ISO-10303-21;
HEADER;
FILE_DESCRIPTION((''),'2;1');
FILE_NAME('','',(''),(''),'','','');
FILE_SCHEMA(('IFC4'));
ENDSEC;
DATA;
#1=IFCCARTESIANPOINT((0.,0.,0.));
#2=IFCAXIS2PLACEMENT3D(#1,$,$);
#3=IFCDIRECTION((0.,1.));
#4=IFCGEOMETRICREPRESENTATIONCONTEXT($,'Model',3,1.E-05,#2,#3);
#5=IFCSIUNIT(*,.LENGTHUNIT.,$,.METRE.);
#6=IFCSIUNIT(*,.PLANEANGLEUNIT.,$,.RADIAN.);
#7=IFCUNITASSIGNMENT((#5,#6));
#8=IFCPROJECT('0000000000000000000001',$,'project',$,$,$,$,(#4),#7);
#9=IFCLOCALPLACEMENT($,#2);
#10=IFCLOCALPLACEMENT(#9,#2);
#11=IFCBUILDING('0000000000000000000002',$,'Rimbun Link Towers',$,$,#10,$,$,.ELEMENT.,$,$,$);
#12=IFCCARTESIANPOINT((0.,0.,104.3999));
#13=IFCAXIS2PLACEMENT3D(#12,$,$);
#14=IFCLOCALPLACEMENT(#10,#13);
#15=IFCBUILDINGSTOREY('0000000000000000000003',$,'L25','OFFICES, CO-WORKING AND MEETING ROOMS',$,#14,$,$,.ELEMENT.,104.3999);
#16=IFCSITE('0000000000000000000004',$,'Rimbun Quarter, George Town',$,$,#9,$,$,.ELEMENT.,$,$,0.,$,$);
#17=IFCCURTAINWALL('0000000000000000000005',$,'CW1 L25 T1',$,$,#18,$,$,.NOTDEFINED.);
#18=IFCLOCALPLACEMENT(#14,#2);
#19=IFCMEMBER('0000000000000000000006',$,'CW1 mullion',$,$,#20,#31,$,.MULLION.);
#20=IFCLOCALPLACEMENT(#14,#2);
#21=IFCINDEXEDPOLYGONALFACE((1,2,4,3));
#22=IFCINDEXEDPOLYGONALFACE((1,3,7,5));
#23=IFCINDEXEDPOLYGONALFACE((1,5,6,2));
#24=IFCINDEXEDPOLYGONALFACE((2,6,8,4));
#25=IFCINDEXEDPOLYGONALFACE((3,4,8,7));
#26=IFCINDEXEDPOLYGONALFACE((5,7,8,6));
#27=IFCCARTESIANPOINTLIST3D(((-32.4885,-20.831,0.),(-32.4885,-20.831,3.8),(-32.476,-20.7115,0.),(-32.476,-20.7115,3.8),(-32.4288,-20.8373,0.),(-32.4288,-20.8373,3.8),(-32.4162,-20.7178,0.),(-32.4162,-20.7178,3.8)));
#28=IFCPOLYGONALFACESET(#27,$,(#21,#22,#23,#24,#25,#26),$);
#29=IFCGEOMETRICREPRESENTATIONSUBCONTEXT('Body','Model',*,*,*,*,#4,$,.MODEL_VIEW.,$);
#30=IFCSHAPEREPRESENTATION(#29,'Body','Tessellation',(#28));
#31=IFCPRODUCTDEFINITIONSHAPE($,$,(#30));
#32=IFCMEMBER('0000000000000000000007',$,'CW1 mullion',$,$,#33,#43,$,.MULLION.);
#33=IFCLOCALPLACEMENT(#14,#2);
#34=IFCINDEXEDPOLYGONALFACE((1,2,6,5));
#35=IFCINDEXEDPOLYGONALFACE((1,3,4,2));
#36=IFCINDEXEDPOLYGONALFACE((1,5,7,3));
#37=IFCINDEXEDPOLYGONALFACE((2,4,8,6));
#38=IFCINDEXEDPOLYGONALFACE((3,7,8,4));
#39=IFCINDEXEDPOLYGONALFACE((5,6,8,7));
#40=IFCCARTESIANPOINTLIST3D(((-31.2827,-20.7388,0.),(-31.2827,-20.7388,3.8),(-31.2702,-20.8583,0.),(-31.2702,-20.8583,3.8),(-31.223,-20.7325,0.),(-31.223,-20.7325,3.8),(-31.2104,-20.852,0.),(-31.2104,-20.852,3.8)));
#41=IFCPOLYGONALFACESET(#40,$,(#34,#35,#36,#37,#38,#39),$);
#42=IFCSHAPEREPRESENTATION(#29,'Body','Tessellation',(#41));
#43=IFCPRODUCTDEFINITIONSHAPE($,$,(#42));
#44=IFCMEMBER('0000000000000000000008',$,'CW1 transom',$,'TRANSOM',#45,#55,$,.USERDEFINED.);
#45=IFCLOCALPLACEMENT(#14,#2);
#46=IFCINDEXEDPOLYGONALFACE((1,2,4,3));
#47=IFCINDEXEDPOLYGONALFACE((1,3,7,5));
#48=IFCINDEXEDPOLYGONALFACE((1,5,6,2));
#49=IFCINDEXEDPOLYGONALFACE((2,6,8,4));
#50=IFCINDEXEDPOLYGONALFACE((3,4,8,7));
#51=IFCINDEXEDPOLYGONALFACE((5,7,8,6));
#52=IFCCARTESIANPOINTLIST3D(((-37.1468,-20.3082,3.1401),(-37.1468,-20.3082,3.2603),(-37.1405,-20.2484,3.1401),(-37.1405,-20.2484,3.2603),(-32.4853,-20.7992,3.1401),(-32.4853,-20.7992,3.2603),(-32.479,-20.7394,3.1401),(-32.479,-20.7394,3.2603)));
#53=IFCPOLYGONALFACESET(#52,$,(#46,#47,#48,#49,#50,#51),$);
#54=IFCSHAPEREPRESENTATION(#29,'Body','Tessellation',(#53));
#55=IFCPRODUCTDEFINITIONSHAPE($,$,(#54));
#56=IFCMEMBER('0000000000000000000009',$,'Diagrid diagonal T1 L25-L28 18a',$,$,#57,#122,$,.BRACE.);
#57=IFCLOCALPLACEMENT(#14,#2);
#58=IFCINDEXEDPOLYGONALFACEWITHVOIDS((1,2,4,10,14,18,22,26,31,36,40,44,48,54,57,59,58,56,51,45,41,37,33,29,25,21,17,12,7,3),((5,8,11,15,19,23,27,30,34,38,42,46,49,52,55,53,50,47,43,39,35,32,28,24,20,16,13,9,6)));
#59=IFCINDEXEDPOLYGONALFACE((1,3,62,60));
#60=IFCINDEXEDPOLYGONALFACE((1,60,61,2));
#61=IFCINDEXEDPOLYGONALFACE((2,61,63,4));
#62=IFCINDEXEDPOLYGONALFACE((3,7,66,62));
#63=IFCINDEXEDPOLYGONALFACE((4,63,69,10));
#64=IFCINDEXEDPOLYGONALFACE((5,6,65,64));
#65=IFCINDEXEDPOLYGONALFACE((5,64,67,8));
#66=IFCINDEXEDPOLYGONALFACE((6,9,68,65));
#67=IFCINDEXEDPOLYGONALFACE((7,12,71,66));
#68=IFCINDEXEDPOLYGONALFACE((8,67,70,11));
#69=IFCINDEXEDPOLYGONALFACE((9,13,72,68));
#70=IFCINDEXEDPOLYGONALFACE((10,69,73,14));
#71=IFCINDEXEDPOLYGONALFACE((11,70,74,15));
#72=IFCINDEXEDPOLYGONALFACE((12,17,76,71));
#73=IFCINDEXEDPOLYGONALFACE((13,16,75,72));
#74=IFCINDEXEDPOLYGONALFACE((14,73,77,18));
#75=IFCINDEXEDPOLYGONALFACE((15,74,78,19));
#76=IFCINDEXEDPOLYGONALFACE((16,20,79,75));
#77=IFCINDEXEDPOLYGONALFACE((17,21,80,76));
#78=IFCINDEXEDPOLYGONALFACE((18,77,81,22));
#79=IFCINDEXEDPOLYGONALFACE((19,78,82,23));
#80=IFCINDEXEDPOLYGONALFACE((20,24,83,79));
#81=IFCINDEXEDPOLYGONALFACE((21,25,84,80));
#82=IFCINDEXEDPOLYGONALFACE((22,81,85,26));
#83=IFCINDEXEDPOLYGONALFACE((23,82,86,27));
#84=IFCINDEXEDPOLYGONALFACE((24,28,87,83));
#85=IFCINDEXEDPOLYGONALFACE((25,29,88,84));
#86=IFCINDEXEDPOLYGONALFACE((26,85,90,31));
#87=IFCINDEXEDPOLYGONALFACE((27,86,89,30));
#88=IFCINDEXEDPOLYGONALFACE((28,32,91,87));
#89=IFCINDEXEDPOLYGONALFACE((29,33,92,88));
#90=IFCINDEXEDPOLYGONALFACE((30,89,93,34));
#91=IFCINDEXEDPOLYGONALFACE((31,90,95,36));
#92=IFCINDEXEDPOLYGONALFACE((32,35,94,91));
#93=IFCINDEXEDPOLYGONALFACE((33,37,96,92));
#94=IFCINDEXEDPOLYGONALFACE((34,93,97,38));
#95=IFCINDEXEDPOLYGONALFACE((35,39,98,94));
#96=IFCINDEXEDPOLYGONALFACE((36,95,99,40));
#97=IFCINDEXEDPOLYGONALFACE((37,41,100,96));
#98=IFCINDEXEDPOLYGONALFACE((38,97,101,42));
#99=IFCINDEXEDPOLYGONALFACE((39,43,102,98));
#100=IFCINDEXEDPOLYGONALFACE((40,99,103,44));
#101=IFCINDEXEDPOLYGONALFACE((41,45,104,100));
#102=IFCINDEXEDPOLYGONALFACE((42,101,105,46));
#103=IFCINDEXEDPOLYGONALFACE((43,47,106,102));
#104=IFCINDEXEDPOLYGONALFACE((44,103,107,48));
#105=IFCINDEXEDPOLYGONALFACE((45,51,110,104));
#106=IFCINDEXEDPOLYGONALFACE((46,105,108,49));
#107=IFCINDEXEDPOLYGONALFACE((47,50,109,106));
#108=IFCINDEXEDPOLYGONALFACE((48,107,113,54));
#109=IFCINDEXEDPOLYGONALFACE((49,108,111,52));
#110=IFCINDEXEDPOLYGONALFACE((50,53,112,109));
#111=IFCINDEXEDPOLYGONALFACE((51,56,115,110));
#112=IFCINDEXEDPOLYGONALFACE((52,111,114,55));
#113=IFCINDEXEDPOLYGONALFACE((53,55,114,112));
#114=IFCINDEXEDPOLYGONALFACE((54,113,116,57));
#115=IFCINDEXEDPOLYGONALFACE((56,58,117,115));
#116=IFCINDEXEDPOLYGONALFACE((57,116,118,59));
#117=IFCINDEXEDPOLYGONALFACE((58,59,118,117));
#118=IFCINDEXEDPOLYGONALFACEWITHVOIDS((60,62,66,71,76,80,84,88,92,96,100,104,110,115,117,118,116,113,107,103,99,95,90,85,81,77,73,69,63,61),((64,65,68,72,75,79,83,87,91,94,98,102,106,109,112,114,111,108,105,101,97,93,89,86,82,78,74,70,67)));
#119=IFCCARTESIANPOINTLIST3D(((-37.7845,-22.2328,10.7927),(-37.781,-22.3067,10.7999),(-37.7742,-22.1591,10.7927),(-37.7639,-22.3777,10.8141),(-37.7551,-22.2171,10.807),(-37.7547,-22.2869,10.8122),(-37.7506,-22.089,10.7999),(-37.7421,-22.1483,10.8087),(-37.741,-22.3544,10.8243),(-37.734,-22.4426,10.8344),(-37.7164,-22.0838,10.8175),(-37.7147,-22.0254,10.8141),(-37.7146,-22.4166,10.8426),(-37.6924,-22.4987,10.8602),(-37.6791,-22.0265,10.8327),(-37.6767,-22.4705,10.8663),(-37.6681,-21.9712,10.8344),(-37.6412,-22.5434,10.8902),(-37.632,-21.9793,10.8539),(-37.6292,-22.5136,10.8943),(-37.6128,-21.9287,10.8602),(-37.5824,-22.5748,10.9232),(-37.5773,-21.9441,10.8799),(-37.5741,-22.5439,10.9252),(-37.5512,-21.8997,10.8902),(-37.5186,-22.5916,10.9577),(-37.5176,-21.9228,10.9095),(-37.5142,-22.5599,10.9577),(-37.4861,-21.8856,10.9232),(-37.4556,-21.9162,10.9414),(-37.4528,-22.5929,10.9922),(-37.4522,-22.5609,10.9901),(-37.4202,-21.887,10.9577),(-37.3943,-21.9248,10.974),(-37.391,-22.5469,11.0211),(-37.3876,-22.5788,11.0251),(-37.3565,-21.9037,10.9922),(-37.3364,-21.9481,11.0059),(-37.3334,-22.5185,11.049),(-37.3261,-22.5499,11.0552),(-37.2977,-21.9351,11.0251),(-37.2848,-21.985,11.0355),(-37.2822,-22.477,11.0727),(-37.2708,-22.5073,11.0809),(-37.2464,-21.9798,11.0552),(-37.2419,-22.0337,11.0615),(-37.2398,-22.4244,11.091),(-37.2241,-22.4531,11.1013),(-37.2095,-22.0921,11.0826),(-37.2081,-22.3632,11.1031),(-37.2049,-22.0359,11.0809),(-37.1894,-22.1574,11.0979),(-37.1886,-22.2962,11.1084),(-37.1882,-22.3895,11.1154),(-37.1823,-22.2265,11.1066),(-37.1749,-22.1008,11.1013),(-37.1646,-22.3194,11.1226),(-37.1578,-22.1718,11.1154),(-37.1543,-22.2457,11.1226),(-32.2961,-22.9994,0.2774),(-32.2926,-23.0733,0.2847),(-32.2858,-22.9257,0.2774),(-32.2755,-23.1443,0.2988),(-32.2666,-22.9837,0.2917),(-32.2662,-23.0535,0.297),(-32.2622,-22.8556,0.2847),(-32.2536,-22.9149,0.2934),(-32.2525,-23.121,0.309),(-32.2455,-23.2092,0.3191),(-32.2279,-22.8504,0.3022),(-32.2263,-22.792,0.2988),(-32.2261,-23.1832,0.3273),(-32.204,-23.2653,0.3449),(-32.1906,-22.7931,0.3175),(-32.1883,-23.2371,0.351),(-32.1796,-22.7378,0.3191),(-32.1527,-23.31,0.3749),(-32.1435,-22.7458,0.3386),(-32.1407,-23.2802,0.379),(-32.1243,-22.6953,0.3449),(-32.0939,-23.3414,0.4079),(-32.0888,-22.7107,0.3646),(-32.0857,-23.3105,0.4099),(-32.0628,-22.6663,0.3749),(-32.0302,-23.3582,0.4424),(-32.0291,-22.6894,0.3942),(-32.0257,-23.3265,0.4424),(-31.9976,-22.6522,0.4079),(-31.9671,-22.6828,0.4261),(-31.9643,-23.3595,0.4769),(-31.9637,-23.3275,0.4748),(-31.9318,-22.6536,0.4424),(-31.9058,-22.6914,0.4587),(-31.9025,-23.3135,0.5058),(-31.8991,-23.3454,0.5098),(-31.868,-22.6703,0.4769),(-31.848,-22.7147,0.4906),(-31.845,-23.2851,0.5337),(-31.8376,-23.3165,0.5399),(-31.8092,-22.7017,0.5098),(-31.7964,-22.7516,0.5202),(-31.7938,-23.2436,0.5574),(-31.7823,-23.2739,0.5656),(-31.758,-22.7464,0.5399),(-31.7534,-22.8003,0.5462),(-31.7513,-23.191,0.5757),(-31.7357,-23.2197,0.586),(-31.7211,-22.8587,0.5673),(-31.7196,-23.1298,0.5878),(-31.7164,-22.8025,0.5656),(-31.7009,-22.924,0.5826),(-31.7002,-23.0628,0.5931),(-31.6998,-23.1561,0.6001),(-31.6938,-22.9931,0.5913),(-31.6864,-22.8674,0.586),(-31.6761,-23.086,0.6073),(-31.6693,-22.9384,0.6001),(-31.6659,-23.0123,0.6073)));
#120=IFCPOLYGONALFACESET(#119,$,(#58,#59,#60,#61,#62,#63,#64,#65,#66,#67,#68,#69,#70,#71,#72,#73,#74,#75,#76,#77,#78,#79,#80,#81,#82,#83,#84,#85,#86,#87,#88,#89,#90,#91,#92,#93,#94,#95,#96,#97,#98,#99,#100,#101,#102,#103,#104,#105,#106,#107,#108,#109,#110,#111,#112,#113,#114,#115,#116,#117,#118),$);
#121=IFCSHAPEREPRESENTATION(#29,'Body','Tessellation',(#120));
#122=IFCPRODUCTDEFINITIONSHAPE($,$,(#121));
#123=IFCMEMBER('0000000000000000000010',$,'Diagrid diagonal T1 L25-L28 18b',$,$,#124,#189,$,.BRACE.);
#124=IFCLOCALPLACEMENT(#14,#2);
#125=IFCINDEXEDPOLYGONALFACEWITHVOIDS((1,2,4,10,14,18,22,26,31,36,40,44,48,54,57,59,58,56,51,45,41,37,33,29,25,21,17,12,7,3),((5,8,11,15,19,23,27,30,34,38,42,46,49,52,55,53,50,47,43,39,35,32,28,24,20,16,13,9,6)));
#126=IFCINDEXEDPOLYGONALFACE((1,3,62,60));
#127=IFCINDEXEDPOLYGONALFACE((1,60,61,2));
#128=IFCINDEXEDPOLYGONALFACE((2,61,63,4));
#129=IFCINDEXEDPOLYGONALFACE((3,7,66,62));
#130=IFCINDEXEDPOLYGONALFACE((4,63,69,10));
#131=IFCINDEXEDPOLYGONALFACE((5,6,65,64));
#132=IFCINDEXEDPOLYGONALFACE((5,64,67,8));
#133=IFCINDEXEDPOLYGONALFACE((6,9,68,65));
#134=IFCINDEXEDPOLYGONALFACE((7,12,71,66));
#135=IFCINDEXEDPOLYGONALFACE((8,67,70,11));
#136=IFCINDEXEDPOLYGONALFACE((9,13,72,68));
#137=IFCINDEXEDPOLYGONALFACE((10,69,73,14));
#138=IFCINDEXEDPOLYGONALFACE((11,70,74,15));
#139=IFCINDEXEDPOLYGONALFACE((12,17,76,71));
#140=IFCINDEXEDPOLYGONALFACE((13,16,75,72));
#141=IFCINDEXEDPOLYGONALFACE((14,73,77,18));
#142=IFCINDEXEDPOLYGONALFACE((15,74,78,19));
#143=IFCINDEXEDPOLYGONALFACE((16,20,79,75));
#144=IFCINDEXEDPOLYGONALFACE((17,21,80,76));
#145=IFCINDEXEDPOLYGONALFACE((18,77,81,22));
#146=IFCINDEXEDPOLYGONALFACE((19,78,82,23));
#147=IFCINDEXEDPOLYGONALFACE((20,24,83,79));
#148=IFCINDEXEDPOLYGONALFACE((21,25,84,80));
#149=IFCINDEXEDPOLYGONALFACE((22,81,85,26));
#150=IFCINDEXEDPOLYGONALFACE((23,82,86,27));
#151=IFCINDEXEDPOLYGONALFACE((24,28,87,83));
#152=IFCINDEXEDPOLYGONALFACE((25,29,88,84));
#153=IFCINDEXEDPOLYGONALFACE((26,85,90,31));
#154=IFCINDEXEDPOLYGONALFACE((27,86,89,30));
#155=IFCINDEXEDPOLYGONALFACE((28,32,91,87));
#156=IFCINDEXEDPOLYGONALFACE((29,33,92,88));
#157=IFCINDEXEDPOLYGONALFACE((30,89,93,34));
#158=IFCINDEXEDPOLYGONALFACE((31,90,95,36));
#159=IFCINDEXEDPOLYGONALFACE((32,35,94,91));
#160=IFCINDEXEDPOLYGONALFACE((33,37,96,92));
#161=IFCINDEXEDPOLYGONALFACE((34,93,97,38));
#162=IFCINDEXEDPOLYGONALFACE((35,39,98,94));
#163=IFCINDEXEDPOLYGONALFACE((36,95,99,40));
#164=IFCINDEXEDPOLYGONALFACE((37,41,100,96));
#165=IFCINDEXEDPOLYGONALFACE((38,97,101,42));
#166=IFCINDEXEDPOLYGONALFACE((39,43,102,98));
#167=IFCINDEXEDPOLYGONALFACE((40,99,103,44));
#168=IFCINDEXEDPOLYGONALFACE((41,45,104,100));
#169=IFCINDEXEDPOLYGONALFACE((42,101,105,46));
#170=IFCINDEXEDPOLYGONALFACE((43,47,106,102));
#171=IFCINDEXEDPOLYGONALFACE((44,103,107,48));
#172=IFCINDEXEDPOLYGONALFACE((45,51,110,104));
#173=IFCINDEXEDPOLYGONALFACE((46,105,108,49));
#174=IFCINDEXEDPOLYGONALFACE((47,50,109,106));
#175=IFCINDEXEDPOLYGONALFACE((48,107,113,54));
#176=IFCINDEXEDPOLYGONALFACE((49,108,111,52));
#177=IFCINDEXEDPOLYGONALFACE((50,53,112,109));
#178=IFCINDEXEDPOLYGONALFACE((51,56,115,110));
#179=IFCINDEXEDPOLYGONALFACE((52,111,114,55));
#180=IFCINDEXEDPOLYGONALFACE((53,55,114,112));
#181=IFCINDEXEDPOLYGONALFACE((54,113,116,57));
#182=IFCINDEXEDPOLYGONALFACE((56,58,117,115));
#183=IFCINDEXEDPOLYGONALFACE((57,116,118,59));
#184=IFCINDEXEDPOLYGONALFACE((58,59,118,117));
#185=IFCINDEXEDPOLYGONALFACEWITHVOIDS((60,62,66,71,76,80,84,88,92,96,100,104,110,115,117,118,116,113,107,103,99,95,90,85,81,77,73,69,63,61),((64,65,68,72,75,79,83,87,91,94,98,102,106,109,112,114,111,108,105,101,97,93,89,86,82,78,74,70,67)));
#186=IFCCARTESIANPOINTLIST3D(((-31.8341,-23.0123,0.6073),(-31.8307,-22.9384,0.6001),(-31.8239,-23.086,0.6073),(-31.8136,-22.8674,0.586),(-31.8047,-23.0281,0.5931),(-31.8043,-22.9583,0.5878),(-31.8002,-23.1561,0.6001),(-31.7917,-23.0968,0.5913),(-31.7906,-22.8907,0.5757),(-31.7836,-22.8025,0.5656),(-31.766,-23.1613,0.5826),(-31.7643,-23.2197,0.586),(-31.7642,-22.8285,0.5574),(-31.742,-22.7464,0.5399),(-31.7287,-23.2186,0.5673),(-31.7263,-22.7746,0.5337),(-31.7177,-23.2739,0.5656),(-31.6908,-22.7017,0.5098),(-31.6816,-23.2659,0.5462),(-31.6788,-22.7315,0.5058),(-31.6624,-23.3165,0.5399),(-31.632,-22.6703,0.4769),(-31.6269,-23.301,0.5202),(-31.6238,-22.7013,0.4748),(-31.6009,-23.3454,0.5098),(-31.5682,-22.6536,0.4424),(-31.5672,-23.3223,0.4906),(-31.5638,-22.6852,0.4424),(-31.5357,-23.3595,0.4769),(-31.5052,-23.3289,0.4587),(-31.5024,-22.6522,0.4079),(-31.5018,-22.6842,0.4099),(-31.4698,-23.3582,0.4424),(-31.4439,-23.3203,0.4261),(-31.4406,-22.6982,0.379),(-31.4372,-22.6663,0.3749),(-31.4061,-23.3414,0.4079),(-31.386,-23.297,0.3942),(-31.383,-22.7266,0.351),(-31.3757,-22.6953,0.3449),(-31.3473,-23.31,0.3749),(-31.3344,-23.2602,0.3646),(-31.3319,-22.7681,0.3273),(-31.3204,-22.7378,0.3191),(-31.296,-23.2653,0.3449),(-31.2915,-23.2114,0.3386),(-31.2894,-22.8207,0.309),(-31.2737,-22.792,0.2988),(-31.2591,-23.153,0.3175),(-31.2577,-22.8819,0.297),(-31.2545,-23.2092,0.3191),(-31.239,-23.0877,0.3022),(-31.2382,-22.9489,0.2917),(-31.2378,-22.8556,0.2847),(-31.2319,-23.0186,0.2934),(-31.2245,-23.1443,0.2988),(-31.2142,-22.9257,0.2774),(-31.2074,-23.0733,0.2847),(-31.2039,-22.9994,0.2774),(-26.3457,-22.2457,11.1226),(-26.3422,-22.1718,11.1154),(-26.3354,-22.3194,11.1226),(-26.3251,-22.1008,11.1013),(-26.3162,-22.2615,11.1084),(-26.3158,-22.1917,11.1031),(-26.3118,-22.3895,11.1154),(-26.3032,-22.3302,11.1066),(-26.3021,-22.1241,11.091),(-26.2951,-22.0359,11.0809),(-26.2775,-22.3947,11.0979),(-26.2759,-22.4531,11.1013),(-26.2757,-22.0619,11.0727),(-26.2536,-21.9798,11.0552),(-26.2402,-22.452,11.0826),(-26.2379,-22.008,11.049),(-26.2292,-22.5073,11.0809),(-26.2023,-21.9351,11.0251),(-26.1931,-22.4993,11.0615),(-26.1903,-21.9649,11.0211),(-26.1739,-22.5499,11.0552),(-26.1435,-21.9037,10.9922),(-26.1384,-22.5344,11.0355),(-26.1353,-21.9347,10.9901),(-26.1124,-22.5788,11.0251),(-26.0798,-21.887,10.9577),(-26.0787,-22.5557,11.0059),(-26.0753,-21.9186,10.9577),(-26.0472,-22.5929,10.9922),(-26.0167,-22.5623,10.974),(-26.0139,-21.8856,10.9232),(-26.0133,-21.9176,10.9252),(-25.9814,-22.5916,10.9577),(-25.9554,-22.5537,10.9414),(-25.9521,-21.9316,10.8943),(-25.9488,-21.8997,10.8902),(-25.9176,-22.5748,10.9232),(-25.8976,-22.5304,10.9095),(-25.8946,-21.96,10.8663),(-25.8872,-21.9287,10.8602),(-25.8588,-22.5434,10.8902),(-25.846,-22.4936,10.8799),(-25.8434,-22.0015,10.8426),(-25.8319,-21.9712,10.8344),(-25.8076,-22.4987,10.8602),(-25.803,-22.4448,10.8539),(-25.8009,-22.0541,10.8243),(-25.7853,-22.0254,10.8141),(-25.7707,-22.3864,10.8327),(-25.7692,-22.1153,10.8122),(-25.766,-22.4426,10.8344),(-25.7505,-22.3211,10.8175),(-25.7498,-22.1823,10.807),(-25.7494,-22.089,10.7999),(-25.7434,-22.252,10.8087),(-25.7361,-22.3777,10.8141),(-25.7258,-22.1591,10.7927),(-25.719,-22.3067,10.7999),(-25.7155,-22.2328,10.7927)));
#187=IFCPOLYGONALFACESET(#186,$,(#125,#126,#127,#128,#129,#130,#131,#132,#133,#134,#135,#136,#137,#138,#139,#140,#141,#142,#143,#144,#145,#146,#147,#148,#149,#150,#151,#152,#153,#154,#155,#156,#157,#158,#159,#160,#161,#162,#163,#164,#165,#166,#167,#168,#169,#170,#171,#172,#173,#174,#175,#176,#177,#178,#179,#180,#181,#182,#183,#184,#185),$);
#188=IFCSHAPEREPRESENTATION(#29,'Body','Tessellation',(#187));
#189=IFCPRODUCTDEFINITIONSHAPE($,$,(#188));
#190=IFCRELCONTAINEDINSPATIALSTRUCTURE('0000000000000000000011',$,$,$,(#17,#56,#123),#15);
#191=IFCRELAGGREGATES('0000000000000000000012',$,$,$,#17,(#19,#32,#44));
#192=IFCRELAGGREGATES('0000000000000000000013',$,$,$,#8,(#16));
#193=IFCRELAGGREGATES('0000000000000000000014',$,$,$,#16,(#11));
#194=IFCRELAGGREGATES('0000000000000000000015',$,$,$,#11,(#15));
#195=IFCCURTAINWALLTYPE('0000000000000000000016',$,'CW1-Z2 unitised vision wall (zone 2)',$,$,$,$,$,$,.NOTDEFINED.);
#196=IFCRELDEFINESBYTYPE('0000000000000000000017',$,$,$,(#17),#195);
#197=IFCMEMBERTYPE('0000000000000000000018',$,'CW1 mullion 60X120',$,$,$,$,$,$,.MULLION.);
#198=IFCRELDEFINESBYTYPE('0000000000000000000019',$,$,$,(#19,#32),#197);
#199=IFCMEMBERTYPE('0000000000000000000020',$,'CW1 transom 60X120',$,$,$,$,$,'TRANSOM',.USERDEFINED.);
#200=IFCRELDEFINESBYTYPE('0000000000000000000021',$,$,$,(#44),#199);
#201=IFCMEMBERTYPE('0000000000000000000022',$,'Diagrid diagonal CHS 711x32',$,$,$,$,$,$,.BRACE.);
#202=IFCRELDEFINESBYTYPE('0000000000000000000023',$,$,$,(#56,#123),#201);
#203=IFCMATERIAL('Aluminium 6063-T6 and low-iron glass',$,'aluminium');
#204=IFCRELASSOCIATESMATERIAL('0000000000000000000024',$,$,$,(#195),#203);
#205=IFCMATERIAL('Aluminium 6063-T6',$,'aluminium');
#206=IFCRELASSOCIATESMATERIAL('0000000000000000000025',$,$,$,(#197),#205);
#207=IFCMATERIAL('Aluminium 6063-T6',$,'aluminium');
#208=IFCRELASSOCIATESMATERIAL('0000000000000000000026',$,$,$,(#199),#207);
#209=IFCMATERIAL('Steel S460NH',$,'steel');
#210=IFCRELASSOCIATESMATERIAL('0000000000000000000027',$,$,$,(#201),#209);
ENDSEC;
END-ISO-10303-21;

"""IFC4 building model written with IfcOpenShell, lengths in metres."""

from ifc_helpers import new_model, si_unit, direction, frame, origin, origin_2d, place, context, subcontext, project, spatial, rectangle, hollow_circle, extrude, material, material_profile, profile_set, type_object, element, aggregate, save


model = new_model("IFC4")

# Units and contexts
model_context = context("Model", 3, precision=1e-05, world=origin(), true_north=direction((0.0, 1.0)))
body_context = subcontext(model_context, "Body", "Model", "MODEL_VIEW")
ifc_project = project(units=[si_unit("LENGTHUNIT", "METRE"), si_unit("PLANEANGLEUNIT", "RADIAN")], contexts=[model_context])

# Site, building, storey
site_placement = place(None, origin())
site = spatial("IfcSite", under=ifc_project, at=site_placement, Name="Rimbun Quarter, George Town", CompositionType="ELEMENT", RefElevation=0.0)
building_placement = place(site_placement, origin())
building = spatial("IfcBuilding", under=site, at=building_placement, Name="Rimbun Link Towers", CompositionType="ELEMENT")
storey_placement = place(building_placement, frame((0.0, 0.0, 104.3999)))
storey = spatial("IfcBuildingStorey", under=building, at=storey_placement, Name="L25", Description="OFFICES, CO-WORKING AND MEETING ROOMS", CompositionType="ELEMENT", Elevation=104.3999)

# Curtain wall, members
ifc_material_1 = material(Name="Aluminium 6063-T6 and low-iron glass", Category="aluminium")
curtain_wall_type = type_object("IfcCurtainWallType", Name="CW1-Z2 unitised vision wall (zone 2)", PredefinedType="NOTDEFINED", material=ifc_material_1)
curtain_wall_placement = place(storey_placement, origin())
curtain_wall = element("IfcCurtainWall", 1, at=curtain_wall_placement, inside=storey, type_object=curtain_wall_type, Name="CW1 L25 T1", PredefinedType="NOTDEFINED")
ifc_material_2 = material(Name="Aluminium 6063-T6", Category="aluminium")
ifc_material_profile_1 = material_profile(ifc_material_2, rectangle(XDim=0.1201, YDim=0.0601, at=origin_2d()), Name="MULLION 60X120")
ifc_profile_set_1 = profile_set([ifc_material_profile_1], Name="Aluminium 6063-T6")
member_type_1 = type_object("IfcMemberType", Name="CW1 mullion 60X120", PredefinedType="MULLION", material=ifc_profile_set_1)
member_1_placement = place(storey_placement, frame((-32.4524, -20.7744, 0.0), z_axis=(0.0, 0.0, 1.0), x_axis=(-0.104732, -0.994501, 0.0)))
member_1 = element("IfcMember", 2, at=member_1_placement, type_object=member_type_1, Name="CW1 mullion", PredefinedType="MULLION", context=body_context, shape_type="SweptSolid", body=[
    extrude(rectangle(XDim=0.1201, YDim=0.0601, at=origin_2d()), origin(), (0.0, 0.0, 1.0), 3.8),
])
member_2_placement = place(storey_placement, frame((-31.2466, -20.7954, 0.0), z_axis=(0.0, 0.0, 1.0), x_axis=(0.104732, -0.994501, 0.0)))
member_2 = element("IfcMember", 3, at=member_2_placement, type_object=member_type_1, Name="CW1 mullion", PredefinedType="MULLION", context=body_context, shape_type="SweptSolid", body=[
    extrude(rectangle(XDim=0.1201, YDim=0.0601, at=origin_2d()), origin(), (0.0, 0.0, 1.0), 3.8),
])
ifc_material_3 = material(Name="Aluminium 6063-T6", Category="aluminium")
ifc_material_profile_2 = material_profile(ifc_material_3, rectangle(XDim=0.0601, YDim=0.1201, at=origin_2d()), Name="TRANSOM 60X120")
ifc_profile_set_2 = profile_set([ifc_material_profile_2], Name="Aluminium 6063-T6")
member_type_2 = type_object("IfcMemberType", Name="CW1 transom 60X120", ElementType="TRANSOM", PredefinedType="USERDEFINED", material=ifc_profile_set_2)
member_3_placement = place(storey_placement, frame((-32.4822, -20.7693, 3.2002), z_axis=(-0.994499, 0.104747, 0.0), x_axis=(-0.104747, -0.994499, 0.0)))
member_3 = element("IfcMember", 4, at=member_3_placement, type_object=member_type_2, Name="CW1 transom", ObjectType="TRANSOM", PredefinedType="USERDEFINED", context=body_context, shape_type="SweptSolid", body=[
    extrude(rectangle(XDim=0.0601, YDim=0.1201, at=origin_2d()), origin(), (0.0, 0.0, 1.0), 4.6873),
])

# Members
ifc_material_4 = material(Name="Steel S460NH", Category="steel")
ifc_material_profile_3 = material_profile(ifc_material_4, hollow_circle(Radius=0.3557, WallThickness=0.032, at=origin_2d()), Name="Diagrid diagonal CHS 711x32")
ifc_profile_set_3 = profile_set([ifc_material_profile_3], Name="Steel S460NH")
member_type_3 = type_object("IfcMemberType", Name="Diagrid diagonal CHS 711x32", PredefinedType="BRACE", material=ifc_profile_set_3)
for number, where, z_axis, x_axis, name in (
    (5, (-31.981, -23.0059, 0.4424), (-0.461751, 0.064494, 0.884662), (-0.138331, -0.990386, 0.0), "Diagrid diagonal T1 L25-L28 18a"),
    (6, (-31.519, -23.0059, 0.4424), (0.461751, 0.064494, 0.884662), (-0.138331, 0.990386, 0.0), "Diagrid diagonal T1 L25-L28 18b"),
):
    element("IfcMember", number, at=place(storey_placement, frame(where, z_axis=z_axis, x_axis=x_axis)), inside=storey, type_object=member_type_3, Name=name, PredefinedType="BRACE", context=body_context, shape_type="SweptSolid", body=[
        extrude(hollow_circle(Radius=0.3557, WallThickness=0.032, at=origin_2d()), origin(), (0.0, 0.0, 1.0), 11.8862),
    ])

aggregate(curtain_wall, [member_1, member_2, member_3])

save(model, "model.ifc")
